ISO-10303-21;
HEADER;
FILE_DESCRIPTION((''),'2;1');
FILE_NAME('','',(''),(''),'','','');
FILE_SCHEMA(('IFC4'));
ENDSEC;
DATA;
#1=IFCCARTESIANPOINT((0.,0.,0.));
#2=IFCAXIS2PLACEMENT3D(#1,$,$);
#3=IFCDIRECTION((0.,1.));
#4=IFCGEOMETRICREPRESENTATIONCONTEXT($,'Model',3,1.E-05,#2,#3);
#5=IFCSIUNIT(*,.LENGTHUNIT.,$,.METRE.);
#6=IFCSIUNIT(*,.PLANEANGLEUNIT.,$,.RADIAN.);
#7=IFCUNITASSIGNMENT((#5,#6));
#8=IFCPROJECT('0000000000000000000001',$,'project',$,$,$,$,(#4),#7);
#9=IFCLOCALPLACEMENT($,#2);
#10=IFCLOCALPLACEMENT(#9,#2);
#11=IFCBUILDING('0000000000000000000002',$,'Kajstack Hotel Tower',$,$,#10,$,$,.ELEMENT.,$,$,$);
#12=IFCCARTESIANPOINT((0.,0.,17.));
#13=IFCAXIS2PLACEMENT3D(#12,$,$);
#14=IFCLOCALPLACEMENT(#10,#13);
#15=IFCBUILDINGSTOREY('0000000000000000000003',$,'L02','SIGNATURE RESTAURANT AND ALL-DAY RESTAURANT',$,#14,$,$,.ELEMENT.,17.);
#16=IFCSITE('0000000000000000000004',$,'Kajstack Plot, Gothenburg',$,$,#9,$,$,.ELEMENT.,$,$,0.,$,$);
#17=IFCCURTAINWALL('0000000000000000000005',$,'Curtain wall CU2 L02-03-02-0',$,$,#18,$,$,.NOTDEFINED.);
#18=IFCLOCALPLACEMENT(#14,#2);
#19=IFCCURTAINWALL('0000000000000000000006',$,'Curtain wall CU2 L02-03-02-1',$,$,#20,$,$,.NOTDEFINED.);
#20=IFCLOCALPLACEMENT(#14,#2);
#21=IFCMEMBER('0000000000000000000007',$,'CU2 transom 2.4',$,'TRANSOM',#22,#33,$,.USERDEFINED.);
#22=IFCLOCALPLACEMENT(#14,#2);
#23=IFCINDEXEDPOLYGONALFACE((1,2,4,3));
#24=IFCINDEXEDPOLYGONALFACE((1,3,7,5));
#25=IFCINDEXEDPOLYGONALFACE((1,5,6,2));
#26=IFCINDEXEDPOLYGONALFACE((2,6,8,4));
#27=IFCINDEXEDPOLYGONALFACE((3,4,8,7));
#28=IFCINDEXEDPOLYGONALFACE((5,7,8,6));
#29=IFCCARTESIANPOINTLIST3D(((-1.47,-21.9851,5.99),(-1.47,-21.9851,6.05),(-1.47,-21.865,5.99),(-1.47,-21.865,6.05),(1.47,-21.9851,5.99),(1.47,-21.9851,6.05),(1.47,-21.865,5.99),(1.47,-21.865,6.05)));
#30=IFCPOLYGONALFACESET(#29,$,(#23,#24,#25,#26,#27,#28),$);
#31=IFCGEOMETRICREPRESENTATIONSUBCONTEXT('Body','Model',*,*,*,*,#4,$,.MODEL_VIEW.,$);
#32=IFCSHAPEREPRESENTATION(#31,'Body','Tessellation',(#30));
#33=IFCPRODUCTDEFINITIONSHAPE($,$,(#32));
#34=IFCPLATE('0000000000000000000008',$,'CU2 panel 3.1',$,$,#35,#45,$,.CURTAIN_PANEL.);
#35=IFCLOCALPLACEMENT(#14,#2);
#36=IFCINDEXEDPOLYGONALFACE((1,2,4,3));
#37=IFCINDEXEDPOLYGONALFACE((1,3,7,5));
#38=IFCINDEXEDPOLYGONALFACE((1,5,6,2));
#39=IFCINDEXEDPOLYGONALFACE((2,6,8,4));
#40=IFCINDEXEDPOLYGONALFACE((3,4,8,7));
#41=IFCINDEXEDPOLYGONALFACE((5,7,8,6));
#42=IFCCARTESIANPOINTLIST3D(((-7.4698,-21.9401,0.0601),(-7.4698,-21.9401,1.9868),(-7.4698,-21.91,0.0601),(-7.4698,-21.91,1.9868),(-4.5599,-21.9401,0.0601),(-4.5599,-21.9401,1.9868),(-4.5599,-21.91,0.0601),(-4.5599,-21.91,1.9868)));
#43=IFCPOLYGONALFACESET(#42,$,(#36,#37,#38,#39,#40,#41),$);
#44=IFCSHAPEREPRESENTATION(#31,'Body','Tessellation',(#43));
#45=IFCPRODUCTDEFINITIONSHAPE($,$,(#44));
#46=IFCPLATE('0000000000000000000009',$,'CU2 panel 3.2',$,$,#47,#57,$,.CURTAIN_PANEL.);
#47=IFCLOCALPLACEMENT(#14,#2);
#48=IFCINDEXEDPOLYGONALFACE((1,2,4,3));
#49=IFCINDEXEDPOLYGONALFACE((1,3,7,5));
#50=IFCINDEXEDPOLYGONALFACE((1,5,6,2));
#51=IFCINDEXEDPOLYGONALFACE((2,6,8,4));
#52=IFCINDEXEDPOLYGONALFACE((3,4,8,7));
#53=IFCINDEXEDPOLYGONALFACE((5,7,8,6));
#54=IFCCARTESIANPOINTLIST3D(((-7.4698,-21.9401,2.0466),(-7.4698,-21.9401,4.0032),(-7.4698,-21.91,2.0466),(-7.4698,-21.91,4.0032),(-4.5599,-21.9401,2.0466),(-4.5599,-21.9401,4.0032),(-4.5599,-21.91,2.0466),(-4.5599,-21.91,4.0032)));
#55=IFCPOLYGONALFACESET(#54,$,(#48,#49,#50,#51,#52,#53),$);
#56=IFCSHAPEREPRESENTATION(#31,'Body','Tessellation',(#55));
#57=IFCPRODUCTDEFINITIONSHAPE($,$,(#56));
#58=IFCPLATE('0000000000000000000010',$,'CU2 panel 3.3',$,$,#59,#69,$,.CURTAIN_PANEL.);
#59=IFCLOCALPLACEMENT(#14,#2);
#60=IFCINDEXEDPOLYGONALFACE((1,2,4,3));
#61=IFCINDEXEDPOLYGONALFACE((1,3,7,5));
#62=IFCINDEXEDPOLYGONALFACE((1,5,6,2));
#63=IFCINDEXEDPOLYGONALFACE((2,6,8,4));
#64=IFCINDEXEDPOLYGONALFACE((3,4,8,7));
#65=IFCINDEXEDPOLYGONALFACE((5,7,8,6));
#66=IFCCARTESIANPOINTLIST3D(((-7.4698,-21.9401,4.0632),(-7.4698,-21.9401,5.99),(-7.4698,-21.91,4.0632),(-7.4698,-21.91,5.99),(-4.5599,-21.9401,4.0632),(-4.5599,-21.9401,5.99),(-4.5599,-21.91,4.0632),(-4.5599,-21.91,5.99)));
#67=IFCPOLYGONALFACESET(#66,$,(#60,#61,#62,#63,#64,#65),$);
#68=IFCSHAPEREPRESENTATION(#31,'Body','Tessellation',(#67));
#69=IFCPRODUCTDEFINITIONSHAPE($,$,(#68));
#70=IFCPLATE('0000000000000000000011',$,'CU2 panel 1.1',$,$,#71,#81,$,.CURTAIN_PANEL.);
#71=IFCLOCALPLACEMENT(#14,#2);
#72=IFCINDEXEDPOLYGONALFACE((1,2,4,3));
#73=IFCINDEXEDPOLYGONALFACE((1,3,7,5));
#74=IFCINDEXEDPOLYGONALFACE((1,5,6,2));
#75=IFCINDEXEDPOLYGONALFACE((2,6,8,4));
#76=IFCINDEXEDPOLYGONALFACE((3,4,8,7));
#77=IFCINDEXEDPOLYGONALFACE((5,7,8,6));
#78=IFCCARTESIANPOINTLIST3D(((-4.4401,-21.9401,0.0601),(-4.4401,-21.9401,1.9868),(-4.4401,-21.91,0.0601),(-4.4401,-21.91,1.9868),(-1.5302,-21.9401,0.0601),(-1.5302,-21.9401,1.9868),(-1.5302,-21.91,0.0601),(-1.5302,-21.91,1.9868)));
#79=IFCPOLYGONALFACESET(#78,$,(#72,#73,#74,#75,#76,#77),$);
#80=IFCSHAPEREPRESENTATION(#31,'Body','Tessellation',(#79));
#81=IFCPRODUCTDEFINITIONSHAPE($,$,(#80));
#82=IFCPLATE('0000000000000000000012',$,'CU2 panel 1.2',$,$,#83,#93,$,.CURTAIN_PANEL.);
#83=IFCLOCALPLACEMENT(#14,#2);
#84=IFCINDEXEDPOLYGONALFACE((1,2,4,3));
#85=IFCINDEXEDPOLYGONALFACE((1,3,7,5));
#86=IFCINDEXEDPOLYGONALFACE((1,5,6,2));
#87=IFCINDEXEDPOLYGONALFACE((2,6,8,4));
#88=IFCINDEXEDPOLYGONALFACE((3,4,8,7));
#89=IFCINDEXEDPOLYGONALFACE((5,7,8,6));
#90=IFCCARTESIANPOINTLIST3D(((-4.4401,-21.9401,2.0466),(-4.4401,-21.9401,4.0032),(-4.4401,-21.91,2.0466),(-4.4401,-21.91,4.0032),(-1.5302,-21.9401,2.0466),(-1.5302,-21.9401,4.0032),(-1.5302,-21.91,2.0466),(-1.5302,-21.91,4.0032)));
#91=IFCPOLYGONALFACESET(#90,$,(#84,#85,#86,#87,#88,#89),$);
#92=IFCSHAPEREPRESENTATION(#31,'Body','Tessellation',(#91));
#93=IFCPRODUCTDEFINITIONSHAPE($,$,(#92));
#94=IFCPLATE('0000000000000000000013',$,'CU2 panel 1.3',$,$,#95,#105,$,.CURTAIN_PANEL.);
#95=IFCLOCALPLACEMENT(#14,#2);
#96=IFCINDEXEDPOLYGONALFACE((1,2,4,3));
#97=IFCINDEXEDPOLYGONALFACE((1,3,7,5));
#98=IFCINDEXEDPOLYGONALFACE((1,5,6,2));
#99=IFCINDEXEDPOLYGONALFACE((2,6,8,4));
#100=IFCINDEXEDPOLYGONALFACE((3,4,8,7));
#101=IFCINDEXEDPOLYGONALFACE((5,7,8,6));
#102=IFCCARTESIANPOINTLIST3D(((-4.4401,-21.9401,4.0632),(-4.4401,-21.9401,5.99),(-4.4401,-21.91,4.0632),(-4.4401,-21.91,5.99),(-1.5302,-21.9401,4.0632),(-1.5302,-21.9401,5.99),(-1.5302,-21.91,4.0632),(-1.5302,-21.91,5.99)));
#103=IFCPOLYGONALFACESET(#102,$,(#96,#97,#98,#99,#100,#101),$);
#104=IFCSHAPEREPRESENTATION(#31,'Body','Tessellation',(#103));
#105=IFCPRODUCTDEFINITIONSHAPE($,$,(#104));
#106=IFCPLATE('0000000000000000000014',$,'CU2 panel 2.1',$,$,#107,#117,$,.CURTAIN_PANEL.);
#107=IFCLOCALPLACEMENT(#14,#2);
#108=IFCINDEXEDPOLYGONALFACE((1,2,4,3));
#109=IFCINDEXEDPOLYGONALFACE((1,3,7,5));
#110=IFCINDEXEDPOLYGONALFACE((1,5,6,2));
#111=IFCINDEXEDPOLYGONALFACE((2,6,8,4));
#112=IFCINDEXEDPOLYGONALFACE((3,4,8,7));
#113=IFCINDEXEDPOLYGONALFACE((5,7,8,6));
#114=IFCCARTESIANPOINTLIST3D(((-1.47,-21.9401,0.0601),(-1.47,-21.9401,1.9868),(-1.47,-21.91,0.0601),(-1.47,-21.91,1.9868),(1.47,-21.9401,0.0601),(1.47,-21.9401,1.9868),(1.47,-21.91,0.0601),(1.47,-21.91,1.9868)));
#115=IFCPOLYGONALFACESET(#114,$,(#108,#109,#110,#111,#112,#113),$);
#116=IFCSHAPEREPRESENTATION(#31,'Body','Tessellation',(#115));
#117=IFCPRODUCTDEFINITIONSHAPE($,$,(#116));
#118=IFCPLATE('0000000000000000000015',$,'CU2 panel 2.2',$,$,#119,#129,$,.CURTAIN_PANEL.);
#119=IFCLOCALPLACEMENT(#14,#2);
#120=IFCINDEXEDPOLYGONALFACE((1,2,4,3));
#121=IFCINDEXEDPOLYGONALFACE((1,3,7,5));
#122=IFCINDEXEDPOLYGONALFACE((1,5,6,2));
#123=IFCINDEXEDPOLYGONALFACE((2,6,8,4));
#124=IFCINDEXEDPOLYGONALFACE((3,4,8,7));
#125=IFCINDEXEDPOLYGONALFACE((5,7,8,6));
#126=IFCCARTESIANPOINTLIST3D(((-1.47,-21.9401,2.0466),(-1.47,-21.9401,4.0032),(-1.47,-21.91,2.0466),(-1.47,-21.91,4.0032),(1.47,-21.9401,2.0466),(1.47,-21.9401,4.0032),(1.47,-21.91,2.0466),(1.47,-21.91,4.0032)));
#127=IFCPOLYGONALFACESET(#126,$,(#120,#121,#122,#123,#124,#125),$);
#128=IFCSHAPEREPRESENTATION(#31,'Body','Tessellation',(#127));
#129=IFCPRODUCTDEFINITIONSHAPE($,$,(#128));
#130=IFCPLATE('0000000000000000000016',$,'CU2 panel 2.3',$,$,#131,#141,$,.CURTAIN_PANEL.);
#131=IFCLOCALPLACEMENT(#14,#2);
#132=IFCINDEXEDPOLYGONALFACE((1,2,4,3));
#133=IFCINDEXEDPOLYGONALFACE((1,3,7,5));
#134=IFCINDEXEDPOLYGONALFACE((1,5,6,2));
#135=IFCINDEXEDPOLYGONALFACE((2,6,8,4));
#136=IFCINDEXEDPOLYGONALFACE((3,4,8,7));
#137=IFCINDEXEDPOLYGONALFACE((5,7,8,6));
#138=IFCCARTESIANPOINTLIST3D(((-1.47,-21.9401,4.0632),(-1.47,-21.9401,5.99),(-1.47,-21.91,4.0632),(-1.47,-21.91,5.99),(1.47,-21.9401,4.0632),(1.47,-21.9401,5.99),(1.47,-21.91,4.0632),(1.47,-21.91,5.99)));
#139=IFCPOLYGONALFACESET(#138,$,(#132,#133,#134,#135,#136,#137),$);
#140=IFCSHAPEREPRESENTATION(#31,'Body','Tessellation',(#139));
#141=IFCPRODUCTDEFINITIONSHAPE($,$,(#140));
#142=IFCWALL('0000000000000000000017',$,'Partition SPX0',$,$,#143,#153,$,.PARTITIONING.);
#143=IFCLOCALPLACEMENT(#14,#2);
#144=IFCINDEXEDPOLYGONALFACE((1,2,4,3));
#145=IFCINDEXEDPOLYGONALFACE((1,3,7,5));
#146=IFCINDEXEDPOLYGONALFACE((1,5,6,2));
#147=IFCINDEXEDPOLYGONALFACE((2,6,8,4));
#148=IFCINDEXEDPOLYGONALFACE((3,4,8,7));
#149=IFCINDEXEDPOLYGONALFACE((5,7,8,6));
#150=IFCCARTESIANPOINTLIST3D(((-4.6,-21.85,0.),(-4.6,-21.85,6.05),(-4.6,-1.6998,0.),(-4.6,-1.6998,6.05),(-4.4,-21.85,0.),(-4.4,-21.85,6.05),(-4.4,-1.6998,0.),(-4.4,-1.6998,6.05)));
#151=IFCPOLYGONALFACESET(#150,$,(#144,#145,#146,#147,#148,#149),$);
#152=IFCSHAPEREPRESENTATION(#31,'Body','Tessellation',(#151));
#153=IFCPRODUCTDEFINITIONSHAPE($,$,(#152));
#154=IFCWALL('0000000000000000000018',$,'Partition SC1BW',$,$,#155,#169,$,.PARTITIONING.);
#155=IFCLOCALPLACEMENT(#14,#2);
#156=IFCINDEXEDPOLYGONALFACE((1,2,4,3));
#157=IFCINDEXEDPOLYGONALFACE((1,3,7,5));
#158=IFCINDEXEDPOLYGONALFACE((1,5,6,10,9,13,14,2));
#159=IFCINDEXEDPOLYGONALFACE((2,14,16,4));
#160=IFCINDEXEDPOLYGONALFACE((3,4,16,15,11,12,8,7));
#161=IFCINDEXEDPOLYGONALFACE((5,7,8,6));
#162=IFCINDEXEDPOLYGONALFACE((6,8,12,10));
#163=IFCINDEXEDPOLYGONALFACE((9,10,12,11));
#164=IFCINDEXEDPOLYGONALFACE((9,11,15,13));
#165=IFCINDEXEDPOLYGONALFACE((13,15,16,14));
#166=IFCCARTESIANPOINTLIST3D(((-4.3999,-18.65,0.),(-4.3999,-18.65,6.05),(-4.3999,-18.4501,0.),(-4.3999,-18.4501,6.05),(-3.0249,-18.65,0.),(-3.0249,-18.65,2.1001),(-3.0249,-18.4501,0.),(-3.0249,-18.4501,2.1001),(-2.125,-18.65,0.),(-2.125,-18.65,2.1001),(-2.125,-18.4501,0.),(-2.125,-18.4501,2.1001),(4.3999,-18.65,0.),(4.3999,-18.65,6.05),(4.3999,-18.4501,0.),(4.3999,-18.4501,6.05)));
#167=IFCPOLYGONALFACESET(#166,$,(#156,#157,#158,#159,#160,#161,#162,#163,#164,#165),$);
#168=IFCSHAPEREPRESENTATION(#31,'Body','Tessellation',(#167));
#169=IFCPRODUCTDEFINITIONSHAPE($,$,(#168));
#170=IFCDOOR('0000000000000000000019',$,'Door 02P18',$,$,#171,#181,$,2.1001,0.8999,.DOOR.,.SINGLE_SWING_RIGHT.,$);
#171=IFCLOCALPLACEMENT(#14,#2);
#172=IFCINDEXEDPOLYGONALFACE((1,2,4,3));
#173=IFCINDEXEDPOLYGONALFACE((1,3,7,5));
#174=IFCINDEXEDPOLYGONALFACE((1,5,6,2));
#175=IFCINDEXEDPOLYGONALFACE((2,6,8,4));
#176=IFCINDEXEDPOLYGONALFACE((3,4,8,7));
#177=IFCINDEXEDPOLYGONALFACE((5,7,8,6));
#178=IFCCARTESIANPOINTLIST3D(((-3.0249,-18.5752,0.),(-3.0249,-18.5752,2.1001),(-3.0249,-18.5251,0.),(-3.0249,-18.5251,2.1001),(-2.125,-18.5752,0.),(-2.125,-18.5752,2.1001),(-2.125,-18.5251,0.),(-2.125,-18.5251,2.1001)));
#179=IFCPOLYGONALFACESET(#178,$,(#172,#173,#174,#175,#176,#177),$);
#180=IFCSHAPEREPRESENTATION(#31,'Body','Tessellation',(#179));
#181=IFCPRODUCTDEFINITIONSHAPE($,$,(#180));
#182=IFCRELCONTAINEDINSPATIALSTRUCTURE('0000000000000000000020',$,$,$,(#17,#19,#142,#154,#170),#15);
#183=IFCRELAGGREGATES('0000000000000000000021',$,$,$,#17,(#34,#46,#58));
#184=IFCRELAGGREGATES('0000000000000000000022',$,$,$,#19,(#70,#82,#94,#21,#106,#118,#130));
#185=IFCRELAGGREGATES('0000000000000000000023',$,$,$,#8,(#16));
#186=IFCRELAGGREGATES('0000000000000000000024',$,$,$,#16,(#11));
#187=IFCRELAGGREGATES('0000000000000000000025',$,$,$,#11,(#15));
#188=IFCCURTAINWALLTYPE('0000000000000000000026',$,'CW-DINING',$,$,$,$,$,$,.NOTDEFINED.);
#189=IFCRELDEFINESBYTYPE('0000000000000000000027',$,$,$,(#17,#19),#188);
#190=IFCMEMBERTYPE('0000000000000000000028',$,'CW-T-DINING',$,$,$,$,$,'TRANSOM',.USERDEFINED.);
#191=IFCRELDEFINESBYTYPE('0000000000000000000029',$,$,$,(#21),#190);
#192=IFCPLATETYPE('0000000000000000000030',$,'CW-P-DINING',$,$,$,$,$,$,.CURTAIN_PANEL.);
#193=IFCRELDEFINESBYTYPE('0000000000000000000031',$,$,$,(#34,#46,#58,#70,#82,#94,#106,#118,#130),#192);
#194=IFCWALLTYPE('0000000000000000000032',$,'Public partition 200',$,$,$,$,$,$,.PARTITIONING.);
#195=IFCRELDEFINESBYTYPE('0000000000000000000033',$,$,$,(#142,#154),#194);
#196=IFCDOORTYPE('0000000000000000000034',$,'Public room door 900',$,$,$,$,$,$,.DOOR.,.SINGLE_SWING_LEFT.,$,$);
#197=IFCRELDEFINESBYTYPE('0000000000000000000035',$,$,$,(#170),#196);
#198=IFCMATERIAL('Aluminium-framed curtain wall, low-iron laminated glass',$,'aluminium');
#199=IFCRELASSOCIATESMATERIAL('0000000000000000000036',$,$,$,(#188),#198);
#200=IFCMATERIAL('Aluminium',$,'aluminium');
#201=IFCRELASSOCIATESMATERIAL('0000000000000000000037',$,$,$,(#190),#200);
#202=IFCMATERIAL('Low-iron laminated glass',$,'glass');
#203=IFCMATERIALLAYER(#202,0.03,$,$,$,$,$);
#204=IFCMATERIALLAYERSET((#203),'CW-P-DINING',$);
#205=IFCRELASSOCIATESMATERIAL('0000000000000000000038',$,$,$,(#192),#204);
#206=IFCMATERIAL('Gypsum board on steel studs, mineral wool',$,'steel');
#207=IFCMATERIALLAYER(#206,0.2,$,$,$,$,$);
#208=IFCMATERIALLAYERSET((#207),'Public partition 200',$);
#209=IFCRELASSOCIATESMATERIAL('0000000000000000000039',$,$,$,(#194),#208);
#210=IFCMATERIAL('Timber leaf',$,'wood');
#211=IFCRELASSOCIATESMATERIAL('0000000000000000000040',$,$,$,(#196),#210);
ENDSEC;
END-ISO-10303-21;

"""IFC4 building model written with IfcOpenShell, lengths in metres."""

from ifc_helpers import new_model, si_unit, direction, frame, frame_2d, origin, origin_2d, place, context, subcontext, project, spatial, rectangle, extrude, material, layer, layer_set, material_profile, profile_set, type_object, element, fill, aggregate, save


model = new_model("IFC4")

# Units and contexts
model_context = context("Model", 3, precision=1e-05, world=origin(), true_north=direction((0.0, 1.0)))
body_context = subcontext(model_context, "Body", "Model", "MODEL_VIEW")
ifc_project = project(units=[si_unit("LENGTHUNIT", "METRE"), si_unit("PLANEANGLEUNIT", "RADIAN")], contexts=[model_context])

# Site, building, storey
site_placement = place(None, origin())
site = spatial("IfcSite", under=ifc_project, at=site_placement, Name="Kajstack Plot, Gothenburg", CompositionType="ELEMENT", RefElevation=0.0)
building_placement = place(site_placement, origin())
building = spatial("IfcBuilding", under=site, at=building_placement, Name="Kajstack Hotel Tower", CompositionType="ELEMENT")
storey_placement = place(building_placement, frame((0.0, 0.0, 17.0)))
storey = spatial("IfcBuildingStorey", under=building, at=storey_placement, Name="L02", Description="SIGNATURE RESTAURANT AND ALL-DAY RESTAURANT", CompositionType="ELEMENT", Elevation=17.0)

# Curtain wall
ifc_material_1 = material(Name="Aluminium-framed curtain wall, low-iron laminated glass", Category="aluminium")
curtain_wall_type = type_object("IfcCurtainWallType", Name="CW-DINING", PredefinedType="NOTDEFINED", material=ifc_material_1)
curtain_wall_1_placement = place(storey_placement, origin())
curtain_wall_1 = element("IfcCurtainWall", 1, at=curtain_wall_1_placement, inside=storey, type_object=curtain_wall_type, Name="Curtain wall CU2 L02-03-02-0", PredefinedType="NOTDEFINED")
ifc_material_2 = material(Name="Aluminium", Category="aluminium")

# Curtain wall
curtain_wall_2_placement = place(storey_placement, origin())
curtain_wall_2 = element("IfcCurtainWall", 2, at=curtain_wall_2_placement, inside=storey, type_object=curtain_wall_type, Name="Curtain wall CU2 L02-03-02-1", PredefinedType="NOTDEFINED")

# Member
ifc_material_profile_1 = material_profile(ifc_material_2, rectangle(XDim=0.1201, YDim=0.0601, at=origin_2d()), Name="Aluminium transom 120 x 60")
ifc_profile_set_1 = profile_set([ifc_material_profile_1], Name="Aluminium")
member_type_1 = type_object("IfcMemberType", Name="CW-T-DINING", ElementType="TRANSOM", PredefinedType="USERDEFINED", material=ifc_profile_set_1)
member_1_placement = place(storey_placement, frame((-1.47, -21.925, 6.02), z_axis=(1.0, 0.0, 0.0), x_axis=(0.0, 1.0, 0.0)))
member_1 = element("IfcMember", 3, at=member_1_placement, type_object=member_type_1, Name="CU2 transom 2.4", ObjectType="TRANSOM", PredefinedType="USERDEFINED", context=body_context, shape_type="SweptSolid", body=[
    extrude(rectangle(XDim=0.1201, YDim=0.0601, at=origin_2d()), origin(), (0.0, 0.0, 1.0), 2.9399),
])

# Plates
ifc_material_3 = material(Name="Low-iron laminated glass", Category="glass")
ifc_layer_1 = layer(ifc_material_3, 0.03)
ifc_layer_set_1 = layer_set([ifc_layer_1], Name="CW-P-DINING")
plate_type = type_object("IfcPlateType", Name="CW-P-DINING", PredefinedType="CURTAIN_PANEL", material=ifc_layer_set_1)
plate_1_placement = place(storey_placement, frame((-6.0149, -21.925, 0.0601), z_axis=(0.0, 0.0, 1.0), x_axis=(1.0, 0.0, 0.0)))
plate_1 = element("IfcPlate", 4, at=plate_1_placement, type_object=plate_type, Name="CU2 panel 3.1", PredefinedType="CURTAIN_PANEL", context=body_context, shape_type="SweptSolid", body=[
    extrude(rectangle(XDim=2.9099, YDim=0.03, at=origin_2d()), origin(), (0.0, 0.0, 1.0), 1.9268),
])
plate_2_placement = place(storey_placement, frame((-6.0149, -21.925, 2.0466), z_axis=(0.0, 0.0, 1.0), x_axis=(1.0, 0.0, 0.0)))
plate_2 = element("IfcPlate", 5, at=plate_2_placement, type_object=plate_type, Name="CU2 panel 3.2", PredefinedType="CURTAIN_PANEL", context=body_context, shape_type="SweptSolid", body=[
    extrude(rectangle(XDim=2.9099, YDim=0.03, at=origin_2d()), origin(), (0.0, 0.0, 1.0), 1.9565),
])
plate_3_placement = place(storey_placement, frame((-6.0149, -21.925, 4.0632), z_axis=(0.0, 0.0, 1.0), x_axis=(1.0, 0.0, 0.0)))
plate_3 = element("IfcPlate", 6, at=plate_3_placement, type_object=plate_type, Name="CU2 panel 3.3", PredefinedType="CURTAIN_PANEL", context=body_context, shape_type="SweptSolid", body=[
    extrude(rectangle(XDim=2.9099, YDim=0.03, at=origin_2d()), origin(), (0.0, 0.0, 1.0), 1.9268),
])
aggregate(curtain_wall_1, [plate_1, plate_2, plate_3])
plate_4_placement = place(storey_placement, frame((-2.9851, -21.925, 0.0601), z_axis=(0.0, 0.0, 1.0), x_axis=(1.0, 0.0, 0.0)))
plate_4 = element("IfcPlate", 7, at=plate_4_placement, type_object=plate_type, Name="CU2 panel 1.1", PredefinedType="CURTAIN_PANEL", context=body_context, shape_type="SweptSolid", body=[
    extrude(rectangle(XDim=2.9099, YDim=0.03, at=origin_2d()), origin(), (0.0, 0.0, 1.0), 1.9268),
])
plate_5_placement = place(storey_placement, frame((-2.9851, -21.925, 2.0466), z_axis=(0.0, 0.0, 1.0), x_axis=(1.0, 0.0, 0.0)))
plate_5 = element("IfcPlate", 8, at=plate_5_placement, type_object=plate_type, Name="CU2 panel 1.2", PredefinedType="CURTAIN_PANEL", context=body_context, shape_type="SweptSolid", body=[
    extrude(rectangle(XDim=2.9099, YDim=0.03, at=origin_2d()), origin(), (0.0, 0.0, 1.0), 1.9565),
])
plate_6_placement = place(storey_placement, frame((-2.9851, -21.925, 4.0632), z_axis=(0.0, 0.0, 1.0), x_axis=(1.0, 0.0, 0.0)))
plate_6 = element("IfcPlate", 9, at=plate_6_placement, type_object=plate_type, Name="CU2 panel 1.3", PredefinedType="CURTAIN_PANEL", context=body_context, shape_type="SweptSolid", body=[
    extrude(rectangle(XDim=2.9099, YDim=0.03, at=origin_2d()), origin(), (0.0, 0.0, 1.0), 1.9268),
])
plate_7_placement = place(storey_placement, frame((0.0, -21.925, 0.0601), z_axis=(0.0, 0.0, 1.0), x_axis=(1.0, 0.0, 0.0)))
plate_7 = element("IfcPlate", 10, at=plate_7_placement, type_object=plate_type, Name="CU2 panel 2.1", PredefinedType="CURTAIN_PANEL", context=body_context, shape_type="SweptSolid", body=[
    extrude(rectangle(XDim=2.9399, YDim=0.03, at=origin_2d()), origin(), (0.0, 0.0, 1.0), 1.9268),
])
plate_8_placement = place(storey_placement, frame((0.0, -21.925, 2.0466), z_axis=(0.0, 0.0, 1.0), x_axis=(1.0, 0.0, 0.0)))
plate_8 = element("IfcPlate", 11, at=plate_8_placement, type_object=plate_type, Name="CU2 panel 2.2", PredefinedType="CURTAIN_PANEL", context=body_context, shape_type="SweptSolid", body=[
    extrude(rectangle(XDim=2.9399, YDim=0.03, at=origin_2d()), origin(), (0.0, 0.0, 1.0), 1.9565),
])
plate_9_placement = place(storey_placement, frame((0.0, -21.925, 4.0632), z_axis=(0.0, 0.0, 1.0), x_axis=(1.0, 0.0, 0.0)))
plate_9 = element("IfcPlate", 12, at=plate_9_placement, type_object=plate_type, Name="CU2 panel 2.3", PredefinedType="CURTAIN_PANEL", context=body_context, shape_type="SweptSolid", body=[
    extrude(rectangle(XDim=2.9399, YDim=0.03, at=origin_2d()), origin(), (0.0, 0.0, 1.0), 1.9268),
])
aggregate(curtain_wall_2, [plate_4, plate_5, plate_6, member_1, plate_7, plate_8, plate_9])

# Wall
ifc_material_4 = material(Name="Gypsum board on steel studs, mineral wool", Category="steel")
ifc_layer_2 = layer(ifc_material_4, 0.2)
ifc_layer_set_2 = layer_set([ifc_layer_2], Name="Public partition 200")
wall_type = type_object("IfcWallType", Name="Public partition 200", PredefinedType="PARTITIONING", material=ifc_layer_set_2)
wall_1_placement = place(storey_placement, frame((-4.5, -21.8501, 0.0), z_axis=(0.0, 0.0, 1.0), x_axis=(0.0, 1.0, 0.0)))
element("IfcWall", 13, at=wall_1_placement, inside=storey, type_object=wall_type, Name="Partition SPX0", PredefinedType="PARTITIONING", context=body_context, shape_type="SweptSolid", body=[
    extrude(rectangle(XDim=20.1501, YDim=0.2, at=frame_2d((10.0752, 0.0))), origin(), (0.0, 0.0, 1.0), 6.05),
])

# Wall, opening, door
wall_2_placement = place(storey_placement, frame((-4.3999, -18.55, 0.0), z_axis=(0.0, 0.0, 1.0), x_axis=(1.0, 0.0, 0.0)))
wall_2 = element("IfcWall", 14, at=wall_2_placement, inside=storey, type_object=wall_type, Name="Partition SC1BW", PredefinedType="PARTITIONING", context=body_context, shape_type="SweptSolid", body=[
    extrude(rectangle(XDim=8.7998, YDim=0.2, at=frame_2d((4.3999, 0.0))), origin(), (0.0, 0.0, 1.0), 6.05),
])
opening_placement = place(wall_2_placement, frame((1.375, 0.0, 0.0)))
opening = element("IfcOpeningElement", 15, at=opening_placement, cuts=wall_2, PredefinedType="OPENING", context=body_context, shape_type="SweptSolid", body=[
    extrude(rectangle(XDim=0.8999, YDim=2.1001, at=frame_2d((0.45, 1.05))), frame((0.0, 0.1099, 0.0), z_axis=(0.0, -1.0, 0.0), x_axis=(1.0, 0.0, 0.0)), (0.0, 0.0, 1.0), 0.22),
])
ifc_material_5 = material(Name="Timber leaf", Category="wood")
door_type = type_object("IfcDoorType", Name="Public room door 900", OperationType="SINGLE_SWING_LEFT", PredefinedType="DOOR", material=ifc_material_5)
door_placement = place(opening_placement, origin())
door = element("IfcDoor", 16, at=door_placement, inside=storey, type_object=door_type, Name="Door 02P18", OperationType="SINGLE_SWING_RIGHT", OverallHeight=2.1001, OverallWidth=0.8999, PredefinedType="DOOR", context=body_context, shape_type="SweptSolid", body=[
    extrude(rectangle(XDim=0.8999, YDim=2.1001, at=frame_2d((0.45, 1.05))), frame((0.0, 0.0249, 0.0), z_axis=(0.0, -1.0, 0.0), x_axis=(1.0, 0.0, 0.0)), (0.0, 0.0, 1.0), 0.05),
])
fill(opening, door)

save(model, "model.ifc")
